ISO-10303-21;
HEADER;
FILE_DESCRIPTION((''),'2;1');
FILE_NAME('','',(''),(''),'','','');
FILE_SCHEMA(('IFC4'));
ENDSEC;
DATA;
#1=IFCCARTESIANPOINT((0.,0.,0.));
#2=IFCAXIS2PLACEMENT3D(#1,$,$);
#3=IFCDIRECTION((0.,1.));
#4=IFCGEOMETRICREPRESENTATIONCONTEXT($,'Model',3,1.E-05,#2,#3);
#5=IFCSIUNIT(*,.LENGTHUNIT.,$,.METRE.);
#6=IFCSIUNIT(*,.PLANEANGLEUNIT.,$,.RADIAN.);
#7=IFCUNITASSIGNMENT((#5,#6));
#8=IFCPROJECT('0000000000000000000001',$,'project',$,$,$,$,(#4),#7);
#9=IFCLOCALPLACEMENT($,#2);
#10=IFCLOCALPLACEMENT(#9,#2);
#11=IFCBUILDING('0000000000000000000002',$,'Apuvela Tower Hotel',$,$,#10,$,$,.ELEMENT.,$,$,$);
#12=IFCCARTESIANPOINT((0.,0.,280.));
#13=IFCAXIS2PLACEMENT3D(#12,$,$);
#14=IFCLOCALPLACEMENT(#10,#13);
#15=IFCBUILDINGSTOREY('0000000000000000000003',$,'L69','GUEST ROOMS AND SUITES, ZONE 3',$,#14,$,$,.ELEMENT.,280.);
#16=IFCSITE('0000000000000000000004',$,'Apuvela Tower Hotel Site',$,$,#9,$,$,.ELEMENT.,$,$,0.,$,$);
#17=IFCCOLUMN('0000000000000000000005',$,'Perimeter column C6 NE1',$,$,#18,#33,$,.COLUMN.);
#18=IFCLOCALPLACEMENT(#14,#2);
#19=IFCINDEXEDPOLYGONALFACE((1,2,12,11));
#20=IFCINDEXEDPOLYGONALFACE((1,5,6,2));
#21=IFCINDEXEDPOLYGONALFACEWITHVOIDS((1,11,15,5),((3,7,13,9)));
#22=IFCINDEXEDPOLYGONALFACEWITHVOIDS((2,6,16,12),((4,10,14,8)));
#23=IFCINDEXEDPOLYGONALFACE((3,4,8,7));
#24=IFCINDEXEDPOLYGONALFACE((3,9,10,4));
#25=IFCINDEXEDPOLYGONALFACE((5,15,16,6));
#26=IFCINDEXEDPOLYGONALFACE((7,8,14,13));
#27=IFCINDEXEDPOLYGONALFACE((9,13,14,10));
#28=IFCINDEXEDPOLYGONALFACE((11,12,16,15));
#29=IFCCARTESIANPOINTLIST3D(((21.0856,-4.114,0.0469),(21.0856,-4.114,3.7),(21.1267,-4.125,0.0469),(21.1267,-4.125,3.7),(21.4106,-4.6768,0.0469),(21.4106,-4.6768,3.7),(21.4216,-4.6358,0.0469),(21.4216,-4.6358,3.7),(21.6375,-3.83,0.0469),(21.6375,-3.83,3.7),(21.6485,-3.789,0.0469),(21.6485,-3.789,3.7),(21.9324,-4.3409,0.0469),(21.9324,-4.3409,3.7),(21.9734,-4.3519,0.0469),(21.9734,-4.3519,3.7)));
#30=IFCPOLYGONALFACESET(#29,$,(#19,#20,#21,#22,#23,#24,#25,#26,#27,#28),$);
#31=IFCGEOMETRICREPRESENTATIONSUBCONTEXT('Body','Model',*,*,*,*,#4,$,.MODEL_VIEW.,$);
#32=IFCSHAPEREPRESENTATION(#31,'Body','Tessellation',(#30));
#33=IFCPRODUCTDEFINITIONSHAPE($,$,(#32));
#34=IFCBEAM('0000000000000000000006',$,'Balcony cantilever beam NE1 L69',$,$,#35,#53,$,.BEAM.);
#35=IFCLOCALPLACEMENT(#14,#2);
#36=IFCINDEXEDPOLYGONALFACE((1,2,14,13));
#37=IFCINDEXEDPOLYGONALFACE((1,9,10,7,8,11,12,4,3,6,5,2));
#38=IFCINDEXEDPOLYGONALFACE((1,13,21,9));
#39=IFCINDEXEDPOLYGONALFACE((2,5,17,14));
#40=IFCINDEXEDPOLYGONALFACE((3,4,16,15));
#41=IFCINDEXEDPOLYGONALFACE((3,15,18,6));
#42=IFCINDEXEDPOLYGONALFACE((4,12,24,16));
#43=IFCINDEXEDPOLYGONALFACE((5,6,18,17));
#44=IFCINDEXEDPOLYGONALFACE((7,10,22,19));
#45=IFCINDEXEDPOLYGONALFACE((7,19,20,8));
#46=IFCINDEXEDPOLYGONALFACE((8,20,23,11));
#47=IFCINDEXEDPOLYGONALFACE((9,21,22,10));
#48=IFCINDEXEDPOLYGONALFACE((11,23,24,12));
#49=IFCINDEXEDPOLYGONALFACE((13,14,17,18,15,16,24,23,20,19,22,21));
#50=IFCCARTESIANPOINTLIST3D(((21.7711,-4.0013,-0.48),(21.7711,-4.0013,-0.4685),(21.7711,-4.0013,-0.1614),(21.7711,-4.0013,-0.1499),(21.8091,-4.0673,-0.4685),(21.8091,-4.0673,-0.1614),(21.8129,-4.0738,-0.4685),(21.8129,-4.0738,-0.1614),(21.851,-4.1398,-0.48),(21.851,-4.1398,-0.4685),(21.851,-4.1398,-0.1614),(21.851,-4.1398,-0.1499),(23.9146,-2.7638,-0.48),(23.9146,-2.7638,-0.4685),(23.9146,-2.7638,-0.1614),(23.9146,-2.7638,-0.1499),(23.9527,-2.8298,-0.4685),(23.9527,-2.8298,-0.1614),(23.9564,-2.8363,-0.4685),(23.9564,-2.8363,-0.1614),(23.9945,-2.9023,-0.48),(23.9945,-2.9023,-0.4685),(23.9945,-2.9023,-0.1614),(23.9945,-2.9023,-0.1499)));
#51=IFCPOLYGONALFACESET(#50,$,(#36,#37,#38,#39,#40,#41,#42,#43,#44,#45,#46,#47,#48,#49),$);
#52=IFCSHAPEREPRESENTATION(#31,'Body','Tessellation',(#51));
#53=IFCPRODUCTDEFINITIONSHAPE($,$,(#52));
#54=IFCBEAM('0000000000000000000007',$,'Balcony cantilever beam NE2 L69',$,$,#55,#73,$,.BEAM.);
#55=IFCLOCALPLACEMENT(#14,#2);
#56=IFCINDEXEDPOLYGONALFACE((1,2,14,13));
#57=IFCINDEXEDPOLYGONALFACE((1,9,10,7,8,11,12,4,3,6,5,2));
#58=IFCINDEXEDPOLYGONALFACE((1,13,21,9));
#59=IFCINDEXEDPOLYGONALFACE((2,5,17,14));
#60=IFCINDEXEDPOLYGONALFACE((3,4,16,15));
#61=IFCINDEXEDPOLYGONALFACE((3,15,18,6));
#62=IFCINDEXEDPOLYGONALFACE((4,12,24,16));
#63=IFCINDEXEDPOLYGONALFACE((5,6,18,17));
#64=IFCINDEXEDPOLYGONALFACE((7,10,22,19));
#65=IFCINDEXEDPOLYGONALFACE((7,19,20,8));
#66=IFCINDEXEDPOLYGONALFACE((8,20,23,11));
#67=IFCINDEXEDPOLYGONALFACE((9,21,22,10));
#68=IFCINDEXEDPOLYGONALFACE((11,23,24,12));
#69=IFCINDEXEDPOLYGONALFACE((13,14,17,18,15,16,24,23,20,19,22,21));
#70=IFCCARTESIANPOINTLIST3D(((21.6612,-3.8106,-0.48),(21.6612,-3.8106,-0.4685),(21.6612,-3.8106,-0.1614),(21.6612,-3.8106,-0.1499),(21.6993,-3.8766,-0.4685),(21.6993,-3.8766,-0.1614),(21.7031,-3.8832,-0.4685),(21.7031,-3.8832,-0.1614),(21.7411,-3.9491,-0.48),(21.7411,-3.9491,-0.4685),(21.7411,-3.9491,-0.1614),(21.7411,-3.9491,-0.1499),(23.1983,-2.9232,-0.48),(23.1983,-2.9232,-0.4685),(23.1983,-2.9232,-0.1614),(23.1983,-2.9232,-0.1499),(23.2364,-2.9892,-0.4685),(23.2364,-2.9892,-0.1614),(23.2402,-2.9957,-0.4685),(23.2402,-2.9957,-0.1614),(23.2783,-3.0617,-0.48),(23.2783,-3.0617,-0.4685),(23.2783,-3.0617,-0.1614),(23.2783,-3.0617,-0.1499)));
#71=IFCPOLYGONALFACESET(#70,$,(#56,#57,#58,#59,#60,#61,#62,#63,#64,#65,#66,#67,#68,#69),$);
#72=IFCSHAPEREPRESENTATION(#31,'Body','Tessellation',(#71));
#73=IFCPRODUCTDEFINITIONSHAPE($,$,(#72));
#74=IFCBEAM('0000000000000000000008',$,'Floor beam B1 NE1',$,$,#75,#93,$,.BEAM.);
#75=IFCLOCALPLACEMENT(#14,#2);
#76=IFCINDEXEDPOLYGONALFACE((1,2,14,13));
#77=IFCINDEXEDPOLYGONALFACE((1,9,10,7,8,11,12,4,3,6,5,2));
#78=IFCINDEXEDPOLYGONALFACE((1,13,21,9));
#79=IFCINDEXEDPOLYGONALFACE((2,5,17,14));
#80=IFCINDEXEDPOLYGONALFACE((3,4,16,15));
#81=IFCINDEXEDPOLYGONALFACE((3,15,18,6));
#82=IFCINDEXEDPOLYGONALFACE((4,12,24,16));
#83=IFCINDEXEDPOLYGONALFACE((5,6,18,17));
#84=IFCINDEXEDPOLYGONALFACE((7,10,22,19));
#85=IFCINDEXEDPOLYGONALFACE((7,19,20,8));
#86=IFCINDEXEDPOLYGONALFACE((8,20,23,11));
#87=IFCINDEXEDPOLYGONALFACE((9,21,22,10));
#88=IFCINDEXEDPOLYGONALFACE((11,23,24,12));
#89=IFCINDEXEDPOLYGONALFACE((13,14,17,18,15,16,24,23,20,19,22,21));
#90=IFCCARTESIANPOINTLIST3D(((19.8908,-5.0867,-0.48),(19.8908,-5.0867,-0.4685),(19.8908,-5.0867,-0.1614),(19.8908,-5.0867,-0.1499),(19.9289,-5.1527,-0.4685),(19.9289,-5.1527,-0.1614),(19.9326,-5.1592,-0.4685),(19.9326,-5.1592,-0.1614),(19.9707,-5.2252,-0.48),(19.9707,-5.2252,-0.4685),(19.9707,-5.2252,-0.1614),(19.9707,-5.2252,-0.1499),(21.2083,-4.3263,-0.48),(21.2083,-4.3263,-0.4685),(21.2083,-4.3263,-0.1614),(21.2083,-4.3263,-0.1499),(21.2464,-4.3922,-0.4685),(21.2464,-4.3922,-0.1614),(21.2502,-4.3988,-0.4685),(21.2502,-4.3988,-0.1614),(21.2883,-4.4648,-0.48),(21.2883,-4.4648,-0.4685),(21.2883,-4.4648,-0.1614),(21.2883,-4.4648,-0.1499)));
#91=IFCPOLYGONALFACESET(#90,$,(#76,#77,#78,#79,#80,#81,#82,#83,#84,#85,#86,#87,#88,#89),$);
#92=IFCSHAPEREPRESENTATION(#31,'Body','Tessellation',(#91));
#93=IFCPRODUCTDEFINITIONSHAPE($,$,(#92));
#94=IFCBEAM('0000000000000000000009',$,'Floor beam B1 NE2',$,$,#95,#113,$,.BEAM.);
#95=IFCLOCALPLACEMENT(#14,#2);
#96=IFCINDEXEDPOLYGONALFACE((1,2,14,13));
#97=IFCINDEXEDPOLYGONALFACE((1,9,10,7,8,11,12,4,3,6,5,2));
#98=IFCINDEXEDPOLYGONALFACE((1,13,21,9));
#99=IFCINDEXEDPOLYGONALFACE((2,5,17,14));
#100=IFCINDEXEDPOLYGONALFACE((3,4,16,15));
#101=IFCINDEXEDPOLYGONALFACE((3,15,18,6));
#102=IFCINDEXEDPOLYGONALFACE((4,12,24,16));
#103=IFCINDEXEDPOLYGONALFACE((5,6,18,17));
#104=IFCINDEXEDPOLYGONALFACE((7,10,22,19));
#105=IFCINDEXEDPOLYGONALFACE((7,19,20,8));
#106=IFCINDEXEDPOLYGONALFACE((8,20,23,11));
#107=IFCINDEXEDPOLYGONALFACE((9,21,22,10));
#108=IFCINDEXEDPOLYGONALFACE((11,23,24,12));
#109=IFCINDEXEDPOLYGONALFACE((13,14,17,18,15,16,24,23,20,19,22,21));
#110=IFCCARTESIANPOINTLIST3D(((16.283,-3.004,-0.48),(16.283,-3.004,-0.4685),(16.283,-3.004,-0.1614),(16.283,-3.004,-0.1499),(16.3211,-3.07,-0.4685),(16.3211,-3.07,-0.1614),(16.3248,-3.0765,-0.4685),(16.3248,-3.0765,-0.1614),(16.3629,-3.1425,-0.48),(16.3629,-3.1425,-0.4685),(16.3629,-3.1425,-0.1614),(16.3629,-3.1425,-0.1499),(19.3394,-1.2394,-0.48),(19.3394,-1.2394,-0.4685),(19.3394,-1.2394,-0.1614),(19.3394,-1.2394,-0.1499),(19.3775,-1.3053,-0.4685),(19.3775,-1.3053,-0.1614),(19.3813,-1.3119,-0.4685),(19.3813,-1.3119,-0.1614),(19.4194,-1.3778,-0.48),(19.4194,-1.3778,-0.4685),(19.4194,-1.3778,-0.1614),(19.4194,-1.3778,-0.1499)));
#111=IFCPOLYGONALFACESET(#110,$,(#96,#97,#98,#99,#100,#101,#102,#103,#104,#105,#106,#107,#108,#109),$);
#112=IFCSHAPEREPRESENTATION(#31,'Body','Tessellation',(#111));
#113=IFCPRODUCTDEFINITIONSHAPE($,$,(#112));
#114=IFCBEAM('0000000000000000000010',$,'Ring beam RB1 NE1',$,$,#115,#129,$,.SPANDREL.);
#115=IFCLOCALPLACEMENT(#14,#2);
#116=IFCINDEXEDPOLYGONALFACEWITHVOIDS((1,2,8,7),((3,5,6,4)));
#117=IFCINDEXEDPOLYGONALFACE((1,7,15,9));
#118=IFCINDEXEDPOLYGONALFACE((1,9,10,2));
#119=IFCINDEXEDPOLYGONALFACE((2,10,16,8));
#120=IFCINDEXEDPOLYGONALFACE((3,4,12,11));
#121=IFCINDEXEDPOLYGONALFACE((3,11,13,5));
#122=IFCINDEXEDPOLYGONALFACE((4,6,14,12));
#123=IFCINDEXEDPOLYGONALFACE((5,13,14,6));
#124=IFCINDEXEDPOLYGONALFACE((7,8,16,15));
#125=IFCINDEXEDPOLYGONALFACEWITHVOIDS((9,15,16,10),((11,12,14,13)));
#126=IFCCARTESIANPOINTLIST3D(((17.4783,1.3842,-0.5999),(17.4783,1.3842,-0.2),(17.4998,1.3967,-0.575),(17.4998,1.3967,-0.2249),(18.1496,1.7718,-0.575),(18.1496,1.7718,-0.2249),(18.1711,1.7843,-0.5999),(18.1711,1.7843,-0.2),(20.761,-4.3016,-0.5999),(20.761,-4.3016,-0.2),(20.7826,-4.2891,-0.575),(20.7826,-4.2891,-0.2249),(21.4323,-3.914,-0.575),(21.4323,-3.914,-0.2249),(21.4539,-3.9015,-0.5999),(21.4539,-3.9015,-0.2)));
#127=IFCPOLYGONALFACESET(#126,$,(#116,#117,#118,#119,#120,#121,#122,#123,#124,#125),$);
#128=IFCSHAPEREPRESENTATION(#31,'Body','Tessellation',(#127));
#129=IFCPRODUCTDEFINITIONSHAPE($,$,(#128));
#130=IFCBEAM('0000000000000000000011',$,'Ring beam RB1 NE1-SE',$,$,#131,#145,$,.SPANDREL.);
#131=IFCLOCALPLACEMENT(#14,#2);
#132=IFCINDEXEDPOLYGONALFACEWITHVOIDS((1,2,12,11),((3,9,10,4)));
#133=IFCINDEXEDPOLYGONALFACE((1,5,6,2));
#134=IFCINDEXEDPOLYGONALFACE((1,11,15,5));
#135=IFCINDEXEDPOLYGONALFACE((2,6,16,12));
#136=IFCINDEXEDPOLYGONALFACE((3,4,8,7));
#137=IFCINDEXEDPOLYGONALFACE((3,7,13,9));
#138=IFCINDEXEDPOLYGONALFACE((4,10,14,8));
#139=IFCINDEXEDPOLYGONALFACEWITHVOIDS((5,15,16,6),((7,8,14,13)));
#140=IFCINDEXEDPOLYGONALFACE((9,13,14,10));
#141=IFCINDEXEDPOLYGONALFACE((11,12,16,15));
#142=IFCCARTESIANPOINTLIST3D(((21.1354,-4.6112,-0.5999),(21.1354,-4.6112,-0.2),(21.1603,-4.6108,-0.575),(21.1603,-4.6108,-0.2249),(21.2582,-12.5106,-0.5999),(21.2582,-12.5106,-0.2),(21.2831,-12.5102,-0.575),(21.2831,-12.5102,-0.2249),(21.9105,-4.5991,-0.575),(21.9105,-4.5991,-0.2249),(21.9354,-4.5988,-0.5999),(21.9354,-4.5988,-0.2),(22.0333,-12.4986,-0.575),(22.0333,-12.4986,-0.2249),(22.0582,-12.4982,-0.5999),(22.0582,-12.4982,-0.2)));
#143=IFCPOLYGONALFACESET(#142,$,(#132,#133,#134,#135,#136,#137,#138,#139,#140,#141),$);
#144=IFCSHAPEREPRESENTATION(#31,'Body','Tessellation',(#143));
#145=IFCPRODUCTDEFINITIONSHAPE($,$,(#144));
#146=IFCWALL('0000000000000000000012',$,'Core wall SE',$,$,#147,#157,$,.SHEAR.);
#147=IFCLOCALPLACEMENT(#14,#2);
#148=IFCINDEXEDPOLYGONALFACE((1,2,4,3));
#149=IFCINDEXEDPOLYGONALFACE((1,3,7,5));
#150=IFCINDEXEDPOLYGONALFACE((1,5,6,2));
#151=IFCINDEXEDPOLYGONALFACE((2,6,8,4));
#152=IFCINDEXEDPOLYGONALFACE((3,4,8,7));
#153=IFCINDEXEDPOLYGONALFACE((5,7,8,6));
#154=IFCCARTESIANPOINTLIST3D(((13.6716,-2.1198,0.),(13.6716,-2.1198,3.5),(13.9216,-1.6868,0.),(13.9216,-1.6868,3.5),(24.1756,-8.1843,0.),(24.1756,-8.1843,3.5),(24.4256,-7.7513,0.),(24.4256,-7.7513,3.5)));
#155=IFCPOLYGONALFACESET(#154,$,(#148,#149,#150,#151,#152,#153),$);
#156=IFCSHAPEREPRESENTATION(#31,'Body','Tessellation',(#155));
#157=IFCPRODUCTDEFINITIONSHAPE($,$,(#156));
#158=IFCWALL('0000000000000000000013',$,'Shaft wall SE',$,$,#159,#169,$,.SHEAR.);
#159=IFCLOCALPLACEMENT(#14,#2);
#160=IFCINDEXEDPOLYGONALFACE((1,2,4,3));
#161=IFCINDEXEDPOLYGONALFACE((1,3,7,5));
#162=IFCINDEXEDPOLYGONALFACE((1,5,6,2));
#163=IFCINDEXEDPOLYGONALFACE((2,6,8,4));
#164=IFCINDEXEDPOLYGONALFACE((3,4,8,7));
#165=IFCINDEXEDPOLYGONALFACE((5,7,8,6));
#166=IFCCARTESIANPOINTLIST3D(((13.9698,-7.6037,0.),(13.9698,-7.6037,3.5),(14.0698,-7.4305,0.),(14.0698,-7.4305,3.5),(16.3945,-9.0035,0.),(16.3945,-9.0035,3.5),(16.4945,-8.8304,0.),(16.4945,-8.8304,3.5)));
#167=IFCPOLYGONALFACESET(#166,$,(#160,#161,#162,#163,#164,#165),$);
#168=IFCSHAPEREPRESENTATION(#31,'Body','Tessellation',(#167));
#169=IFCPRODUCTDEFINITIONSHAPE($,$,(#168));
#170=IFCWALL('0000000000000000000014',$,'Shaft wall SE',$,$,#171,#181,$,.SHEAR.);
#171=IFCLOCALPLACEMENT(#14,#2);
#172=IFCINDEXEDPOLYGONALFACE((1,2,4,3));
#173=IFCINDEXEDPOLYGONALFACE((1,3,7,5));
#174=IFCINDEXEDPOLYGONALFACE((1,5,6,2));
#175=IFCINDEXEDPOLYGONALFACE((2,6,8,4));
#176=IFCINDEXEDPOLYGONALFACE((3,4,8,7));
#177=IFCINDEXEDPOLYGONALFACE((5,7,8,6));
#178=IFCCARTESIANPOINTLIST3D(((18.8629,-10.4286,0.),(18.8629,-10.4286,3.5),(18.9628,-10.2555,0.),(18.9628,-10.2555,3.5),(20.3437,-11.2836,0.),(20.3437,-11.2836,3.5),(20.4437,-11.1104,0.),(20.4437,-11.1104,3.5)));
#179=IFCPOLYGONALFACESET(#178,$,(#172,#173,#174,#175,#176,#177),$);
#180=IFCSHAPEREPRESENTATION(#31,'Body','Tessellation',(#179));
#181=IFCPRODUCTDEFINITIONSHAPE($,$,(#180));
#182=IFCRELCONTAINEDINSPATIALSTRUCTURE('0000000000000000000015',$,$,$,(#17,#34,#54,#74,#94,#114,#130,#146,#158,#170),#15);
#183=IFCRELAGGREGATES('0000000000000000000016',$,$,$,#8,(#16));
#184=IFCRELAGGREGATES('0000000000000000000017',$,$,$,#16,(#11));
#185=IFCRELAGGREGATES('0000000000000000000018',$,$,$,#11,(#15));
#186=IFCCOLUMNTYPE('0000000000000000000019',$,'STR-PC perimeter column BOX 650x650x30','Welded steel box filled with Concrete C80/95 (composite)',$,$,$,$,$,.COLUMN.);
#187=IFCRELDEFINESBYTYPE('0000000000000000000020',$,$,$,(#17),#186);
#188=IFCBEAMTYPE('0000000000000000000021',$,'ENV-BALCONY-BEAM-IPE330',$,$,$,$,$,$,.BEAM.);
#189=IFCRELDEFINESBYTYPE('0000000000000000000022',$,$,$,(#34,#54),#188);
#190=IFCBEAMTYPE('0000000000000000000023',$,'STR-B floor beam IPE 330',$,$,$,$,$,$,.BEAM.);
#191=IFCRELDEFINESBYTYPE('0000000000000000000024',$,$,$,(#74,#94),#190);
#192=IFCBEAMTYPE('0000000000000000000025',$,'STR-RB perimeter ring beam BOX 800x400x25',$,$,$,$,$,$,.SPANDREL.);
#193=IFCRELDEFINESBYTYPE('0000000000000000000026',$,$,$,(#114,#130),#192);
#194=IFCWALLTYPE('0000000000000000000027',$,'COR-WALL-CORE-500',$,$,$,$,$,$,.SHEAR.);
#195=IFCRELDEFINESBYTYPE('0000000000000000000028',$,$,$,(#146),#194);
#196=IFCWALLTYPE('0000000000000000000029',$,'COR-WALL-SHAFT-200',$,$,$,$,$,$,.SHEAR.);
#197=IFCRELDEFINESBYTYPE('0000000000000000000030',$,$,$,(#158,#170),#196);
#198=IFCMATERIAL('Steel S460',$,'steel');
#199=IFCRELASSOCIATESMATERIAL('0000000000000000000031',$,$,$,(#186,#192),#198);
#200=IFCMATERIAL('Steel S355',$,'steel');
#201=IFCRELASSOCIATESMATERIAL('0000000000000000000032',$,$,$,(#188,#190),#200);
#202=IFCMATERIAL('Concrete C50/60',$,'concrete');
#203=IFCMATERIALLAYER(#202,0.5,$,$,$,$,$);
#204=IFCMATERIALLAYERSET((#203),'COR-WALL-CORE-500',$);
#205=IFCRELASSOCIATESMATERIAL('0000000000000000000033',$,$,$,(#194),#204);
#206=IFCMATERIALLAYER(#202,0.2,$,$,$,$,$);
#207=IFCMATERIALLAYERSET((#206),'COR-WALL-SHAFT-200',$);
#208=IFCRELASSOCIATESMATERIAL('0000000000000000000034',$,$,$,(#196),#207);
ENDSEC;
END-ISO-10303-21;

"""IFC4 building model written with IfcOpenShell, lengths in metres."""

from ifc_helpers import new_model, si_unit, direction, frame, frame_2d, origin, origin_2d, place, context, subcontext, project, spatial, rectangle, hollow_rectangle, i_section, extrude, boolean, halfspace, material, layer, layer_set, material_profile, profile_set, type_object, element, save


model = new_model("IFC4")

# Units and contexts
model_context = context("Model", 3, precision=1e-05, world=origin(), true_north=direction((0.0, 1.0)))
body_context = subcontext(model_context, "Body", "Model", "MODEL_VIEW")
ifc_project = project(units=[si_unit("LENGTHUNIT", "METRE"), si_unit("PLANEANGLEUNIT", "RADIAN")], contexts=[model_context])

# Site, building, storey
site_placement = place(None, origin())
site = spatial("IfcSite", under=ifc_project, at=site_placement, Name="Apuvela Tower Hotel Site", CompositionType="ELEMENT", RefElevation=0.0)
building_placement = place(site_placement, origin())
building = spatial("IfcBuilding", under=site, at=building_placement, Name="Apuvela Tower Hotel", CompositionType="ELEMENT")
storey_placement = place(building_placement, frame((0.0, 0.0, 280.0)))
storey = spatial("IfcBuildingStorey", under=building, at=storey_placement, Name="L69", Description="GUEST ROOMS AND SUITES, ZONE 3", CompositionType="ELEMENT", Elevation=280.0)

# Column
ifc_material_1 = material(Name="Steel S460", Category="steel")
ifc_material_profile_1 = material_profile(ifc_material_1, hollow_rectangle(XDim=0.6499, YDim=0.6499, WallThickness=0.03, at=origin_2d()), Name="BOX 650x650x30")
ifc_material_2 = material(Name="Concrete C80/95", Category="concrete")
ifc_material_profile_2 = material_profile(ifc_material_2, rectangle(XDim=0.5901, YDim=0.5901, at=origin_2d()), Name="Concrete C80/95 infill")
ifc_profile_set_1 = profile_set([ifc_material_profile_1, ifc_material_profile_2], Name="Steel S460")
column_type = type_object("IfcColumnType", Name="STR-PC perimeter column BOX 650x650x30", Description="Welded steel box filled with Concrete C80/95 (composite)", PredefinedType="COLUMN", material=ifc_profile_set_1)
column_placement = place(storey_placement, frame((21.5295, -4.2329, 0.0), z_axis=(0.0, 0.0, 1.0), x_axis=(-0.5, 0.866025, 0.0)))
element("IfcColumn", 1, at=column_placement, inside=storey, type_object=column_type, Name="Perimeter column C6 NE1", PredefinedType="COLUMN", context=body_context, shape_type="SweptSolid", body=[
    boolean("DIFFERENCE", extrude(hollow_rectangle(XDim=0.6499, YDim=0.6499, WallThickness=0.03, at=origin_2d()), origin(), (0.0, 0.0, 1.0), 3.7), halfspace(frame((0.0, 0.0, 0.0469), z_axis=(0.0, 0.0, 1.0), x_axis=(1.0, 0.0, 0.0)), True)),
])

# Beams
ifc_material_3 = material(Name="Steel S355", Category="steel")
ifc_material_profile_3 = material_profile(ifc_material_3, i_section(OverallWidth=0.1599, OverallDepth=0.3301, WebThickness=0.0076, FlangeThickness=0.0115, at=origin_2d()), Name="IPE 330")
ifc_profile_set_2 = profile_set([ifc_material_profile_3], Name="Steel S355")
beam_type_1 = type_object("IfcBeamType", Name="ENV-BALCONY-BEAM-IPE330", PredefinedType="BEAM", material=ifc_profile_set_2)
beam_1_placement = place(storey_placement, frame((21.811, -4.0706, -0.3149), z_axis=(0.866031, 0.49999, 0.0), x_axis=(-0.49999, 0.866031, 0.0)))
element("IfcBeam", 2, at=beam_1_placement, inside=storey, type_object=beam_type_1, Name="Balcony cantilever beam NE1 L69", PredefinedType="BEAM", context=body_context, shape_type="SweptSolid", body=[
    extrude(i_section(OverallWidth=0.1599, OverallDepth=0.3301, WebThickness=0.0076, FlangeThickness=0.0115, at=origin_2d()), origin(), (0.0, 0.0, 1.0), 2.4751),
])
beam_2_placement = place(storey_placement, frame((21.7012, -3.8799, -0.3149), z_axis=(0.866025, 0.5, 0.0), x_axis=(-0.5, 0.866025, 0.0)))
element("IfcBeam", 3, at=beam_2_placement, inside=storey, type_object=beam_type_1, Name="Balcony cantilever beam NE2 L69", PredefinedType="BEAM", context=body_context, shape_type="SweptSolid", body=[
    extrude(i_section(OverallWidth=0.1599, OverallDepth=0.3301, WebThickness=0.0076, FlangeThickness=0.0115, at=origin_2d()), origin(), (0.0, 0.0, 1.0), 1.7749),
])
ifc_material_profile_4 = material_profile(ifc_material_3, i_section(OverallWidth=0.1599, OverallDepth=0.3301, WebThickness=0.0076, FlangeThickness=0.0115, at=origin_2d()), Name="IPE 330")
ifc_profile_set_3 = profile_set([ifc_material_profile_4], Name="Steel S355")
beam_type_2 = type_object("IfcBeamType", Name="STR-B floor beam IPE 330", PredefinedType="BEAM", material=ifc_profile_set_3)
beam_3_placement = place(storey_placement, frame((21.2483, -4.3955, -0.3149), z_axis=(-0.866092, -0.499885, 0.0), x_axis=(0.499885, -0.866092, 0.0)))
element("IfcBeam", 4, at=beam_3_placement, inside=storey, type_object=beam_type_2, Name="Floor beam B1 NE1", PredefinedType="BEAM", context=body_context, shape_type="SweptSolid", body=[
    extrude(i_section(OverallWidth=0.1599, OverallDepth=0.3301, WebThickness=0.0076, FlangeThickness=0.0115, at=origin_2d()), origin(), (0.0, 0.0, 1.0), 1.5212),
])
beam_4_placement = place(storey_placement, frame((19.3794, -1.3086, -0.3149), z_axis=(-0.866021, -0.500008, 0.0), x_axis=(0.500008, -0.866021, 0.0)))
element("IfcBeam", 5, at=beam_4_placement, inside=storey, type_object=beam_type_2, Name="Floor beam B1 NE2", PredefinedType="BEAM", context=body_context, shape_type="SweptSolid", body=[
    extrude(i_section(OverallWidth=0.1599, OverallDepth=0.3301, WebThickness=0.0076, FlangeThickness=0.0115, at=origin_2d()), origin(), (0.0, 0.0, 1.0), 3.5293),
])
ifc_material_profile_5 = material_profile(ifc_material_1, hollow_rectangle(XDim=0.8, YDim=0.3999, WallThickness=0.0249, at=origin_2d()), Name="BOX 800x400x25")
ifc_profile_set_4 = profile_set([ifc_material_profile_5], Name="Steel S460")
beam_type_3 = type_object("IfcBeamType", Name="STR-RB perimeter ring beam BOX 800x400x25", PredefinedType="SPANDREL", material=ifc_profile_set_4)
beam_5_placement = place(storey_placement, frame((21.1074, -4.1016, -0.3999), z_axis=(-0.500002, 0.866024, 0.0), x_axis=(-0.866024, -0.500002, 0.0)))
element("IfcBeam", 6, at=beam_5_placement, inside=storey, type_object=beam_type_3, Name="Ring beam RB1 NE1", PredefinedType="SPANDREL", context=body_context, shape_type="SweptSolid", body=[
    extrude(hollow_rectangle(XDim=0.8, YDim=0.3999, WallThickness=0.0249, at=origin_2d()), origin(), (0.0, 0.0, 1.0), 6.5654),
])
beam_6_placement = place(storey_placement, frame((21.5354, -4.605, -0.3999), z_axis=(0.015544, -0.999879, 0.0), x_axis=(0.999879, 0.015544, 0.0)))
element("IfcBeam", 7, at=beam_6_placement, inside=storey, type_object=beam_type_3, Name="Ring beam RB1 NE1-SE", PredefinedType="SPANDREL", context=body_context, shape_type="SweptSolid", body=[
    extrude(hollow_rectangle(XDim=0.8, YDim=0.3999, WallThickness=0.0249, at=origin_2d()), origin(), (0.0, 0.0, 1.0), 7.9004),
])

# Walls
ifc_material_4 = material(Name="Concrete C50/60", Category="concrete")
ifc_layer_1 = layer(ifc_material_4, 0.5)
ifc_layer_set_1 = layer_set([ifc_layer_1], Name="COR-WALL-CORE-500")
wall_type_1 = type_object("IfcWallType", Name="COR-WALL-CORE-500", PredefinedType="SHEAR", material=ifc_layer_set_1)
wall_1_placement = place(storey_placement, frame((13.7966, -1.9033, 0.0), z_axis=(0.0, 0.0, 1.0), x_axis=(0.866025, -0.500001, 0.0)))
element("IfcWall", 8, at=wall_1_placement, inside=storey, type_object=wall_type_1, Name="Core wall SE", PredefinedType="SHEAR", context=body_context, shape_type="SweptSolid", body=[
    extrude(rectangle(XDim=12.1289, YDim=0.5, at=frame_2d((6.0645, 0.0))), origin(), (0.0, 0.0, 1.0), 3.5),
])
ifc_layer_2 = layer(ifc_material_4, 0.2)
ifc_layer_set_2 = layer_set([ifc_layer_2], Name="COR-WALL-SHAFT-200")
wall_type_2 = type_object("IfcWallType", Name="COR-WALL-SHAFT-200", PredefinedType="SHEAR", material=ifc_layer_set_2)
wall_2_placement = place(storey_placement, frame((14.0198, -7.5171, 0.0), z_axis=(0.0, 0.0, 1.0), x_axis=(0.866035, -0.499984, 0.0)))
element("IfcWall", 9, at=wall_2_placement, inside=storey, type_object=wall_type_2, Name="Shaft wall SE", PredefinedType="SHEAR", context=body_context, shape_type="SweptSolid", body=[
    extrude(rectangle(XDim=2.7998, YDim=0.2, at=frame_2d((1.3999, 0.0))), origin(), (0.0, 0.0, 1.0), 3.5),
])
wall_3_placement = place(storey_placement, frame((18.9128, -10.342, 0.0), z_axis=(0.0, 0.0, 1.0), x_axis=(0.866038, -0.499978, 0.0)))
element("IfcWall", 10, at=wall_3_placement, inside=storey, type_object=wall_type_2, Name="Shaft wall SE", PredefinedType="SHEAR", context=body_context, shape_type="SweptSolid", body=[
    extrude(rectangle(XDim=1.71, YDim=0.2, at=frame_2d((0.855, 0.0))), origin(), (0.0, 0.0, 1.0), 3.5),
])

save(model, "model.ifc")
